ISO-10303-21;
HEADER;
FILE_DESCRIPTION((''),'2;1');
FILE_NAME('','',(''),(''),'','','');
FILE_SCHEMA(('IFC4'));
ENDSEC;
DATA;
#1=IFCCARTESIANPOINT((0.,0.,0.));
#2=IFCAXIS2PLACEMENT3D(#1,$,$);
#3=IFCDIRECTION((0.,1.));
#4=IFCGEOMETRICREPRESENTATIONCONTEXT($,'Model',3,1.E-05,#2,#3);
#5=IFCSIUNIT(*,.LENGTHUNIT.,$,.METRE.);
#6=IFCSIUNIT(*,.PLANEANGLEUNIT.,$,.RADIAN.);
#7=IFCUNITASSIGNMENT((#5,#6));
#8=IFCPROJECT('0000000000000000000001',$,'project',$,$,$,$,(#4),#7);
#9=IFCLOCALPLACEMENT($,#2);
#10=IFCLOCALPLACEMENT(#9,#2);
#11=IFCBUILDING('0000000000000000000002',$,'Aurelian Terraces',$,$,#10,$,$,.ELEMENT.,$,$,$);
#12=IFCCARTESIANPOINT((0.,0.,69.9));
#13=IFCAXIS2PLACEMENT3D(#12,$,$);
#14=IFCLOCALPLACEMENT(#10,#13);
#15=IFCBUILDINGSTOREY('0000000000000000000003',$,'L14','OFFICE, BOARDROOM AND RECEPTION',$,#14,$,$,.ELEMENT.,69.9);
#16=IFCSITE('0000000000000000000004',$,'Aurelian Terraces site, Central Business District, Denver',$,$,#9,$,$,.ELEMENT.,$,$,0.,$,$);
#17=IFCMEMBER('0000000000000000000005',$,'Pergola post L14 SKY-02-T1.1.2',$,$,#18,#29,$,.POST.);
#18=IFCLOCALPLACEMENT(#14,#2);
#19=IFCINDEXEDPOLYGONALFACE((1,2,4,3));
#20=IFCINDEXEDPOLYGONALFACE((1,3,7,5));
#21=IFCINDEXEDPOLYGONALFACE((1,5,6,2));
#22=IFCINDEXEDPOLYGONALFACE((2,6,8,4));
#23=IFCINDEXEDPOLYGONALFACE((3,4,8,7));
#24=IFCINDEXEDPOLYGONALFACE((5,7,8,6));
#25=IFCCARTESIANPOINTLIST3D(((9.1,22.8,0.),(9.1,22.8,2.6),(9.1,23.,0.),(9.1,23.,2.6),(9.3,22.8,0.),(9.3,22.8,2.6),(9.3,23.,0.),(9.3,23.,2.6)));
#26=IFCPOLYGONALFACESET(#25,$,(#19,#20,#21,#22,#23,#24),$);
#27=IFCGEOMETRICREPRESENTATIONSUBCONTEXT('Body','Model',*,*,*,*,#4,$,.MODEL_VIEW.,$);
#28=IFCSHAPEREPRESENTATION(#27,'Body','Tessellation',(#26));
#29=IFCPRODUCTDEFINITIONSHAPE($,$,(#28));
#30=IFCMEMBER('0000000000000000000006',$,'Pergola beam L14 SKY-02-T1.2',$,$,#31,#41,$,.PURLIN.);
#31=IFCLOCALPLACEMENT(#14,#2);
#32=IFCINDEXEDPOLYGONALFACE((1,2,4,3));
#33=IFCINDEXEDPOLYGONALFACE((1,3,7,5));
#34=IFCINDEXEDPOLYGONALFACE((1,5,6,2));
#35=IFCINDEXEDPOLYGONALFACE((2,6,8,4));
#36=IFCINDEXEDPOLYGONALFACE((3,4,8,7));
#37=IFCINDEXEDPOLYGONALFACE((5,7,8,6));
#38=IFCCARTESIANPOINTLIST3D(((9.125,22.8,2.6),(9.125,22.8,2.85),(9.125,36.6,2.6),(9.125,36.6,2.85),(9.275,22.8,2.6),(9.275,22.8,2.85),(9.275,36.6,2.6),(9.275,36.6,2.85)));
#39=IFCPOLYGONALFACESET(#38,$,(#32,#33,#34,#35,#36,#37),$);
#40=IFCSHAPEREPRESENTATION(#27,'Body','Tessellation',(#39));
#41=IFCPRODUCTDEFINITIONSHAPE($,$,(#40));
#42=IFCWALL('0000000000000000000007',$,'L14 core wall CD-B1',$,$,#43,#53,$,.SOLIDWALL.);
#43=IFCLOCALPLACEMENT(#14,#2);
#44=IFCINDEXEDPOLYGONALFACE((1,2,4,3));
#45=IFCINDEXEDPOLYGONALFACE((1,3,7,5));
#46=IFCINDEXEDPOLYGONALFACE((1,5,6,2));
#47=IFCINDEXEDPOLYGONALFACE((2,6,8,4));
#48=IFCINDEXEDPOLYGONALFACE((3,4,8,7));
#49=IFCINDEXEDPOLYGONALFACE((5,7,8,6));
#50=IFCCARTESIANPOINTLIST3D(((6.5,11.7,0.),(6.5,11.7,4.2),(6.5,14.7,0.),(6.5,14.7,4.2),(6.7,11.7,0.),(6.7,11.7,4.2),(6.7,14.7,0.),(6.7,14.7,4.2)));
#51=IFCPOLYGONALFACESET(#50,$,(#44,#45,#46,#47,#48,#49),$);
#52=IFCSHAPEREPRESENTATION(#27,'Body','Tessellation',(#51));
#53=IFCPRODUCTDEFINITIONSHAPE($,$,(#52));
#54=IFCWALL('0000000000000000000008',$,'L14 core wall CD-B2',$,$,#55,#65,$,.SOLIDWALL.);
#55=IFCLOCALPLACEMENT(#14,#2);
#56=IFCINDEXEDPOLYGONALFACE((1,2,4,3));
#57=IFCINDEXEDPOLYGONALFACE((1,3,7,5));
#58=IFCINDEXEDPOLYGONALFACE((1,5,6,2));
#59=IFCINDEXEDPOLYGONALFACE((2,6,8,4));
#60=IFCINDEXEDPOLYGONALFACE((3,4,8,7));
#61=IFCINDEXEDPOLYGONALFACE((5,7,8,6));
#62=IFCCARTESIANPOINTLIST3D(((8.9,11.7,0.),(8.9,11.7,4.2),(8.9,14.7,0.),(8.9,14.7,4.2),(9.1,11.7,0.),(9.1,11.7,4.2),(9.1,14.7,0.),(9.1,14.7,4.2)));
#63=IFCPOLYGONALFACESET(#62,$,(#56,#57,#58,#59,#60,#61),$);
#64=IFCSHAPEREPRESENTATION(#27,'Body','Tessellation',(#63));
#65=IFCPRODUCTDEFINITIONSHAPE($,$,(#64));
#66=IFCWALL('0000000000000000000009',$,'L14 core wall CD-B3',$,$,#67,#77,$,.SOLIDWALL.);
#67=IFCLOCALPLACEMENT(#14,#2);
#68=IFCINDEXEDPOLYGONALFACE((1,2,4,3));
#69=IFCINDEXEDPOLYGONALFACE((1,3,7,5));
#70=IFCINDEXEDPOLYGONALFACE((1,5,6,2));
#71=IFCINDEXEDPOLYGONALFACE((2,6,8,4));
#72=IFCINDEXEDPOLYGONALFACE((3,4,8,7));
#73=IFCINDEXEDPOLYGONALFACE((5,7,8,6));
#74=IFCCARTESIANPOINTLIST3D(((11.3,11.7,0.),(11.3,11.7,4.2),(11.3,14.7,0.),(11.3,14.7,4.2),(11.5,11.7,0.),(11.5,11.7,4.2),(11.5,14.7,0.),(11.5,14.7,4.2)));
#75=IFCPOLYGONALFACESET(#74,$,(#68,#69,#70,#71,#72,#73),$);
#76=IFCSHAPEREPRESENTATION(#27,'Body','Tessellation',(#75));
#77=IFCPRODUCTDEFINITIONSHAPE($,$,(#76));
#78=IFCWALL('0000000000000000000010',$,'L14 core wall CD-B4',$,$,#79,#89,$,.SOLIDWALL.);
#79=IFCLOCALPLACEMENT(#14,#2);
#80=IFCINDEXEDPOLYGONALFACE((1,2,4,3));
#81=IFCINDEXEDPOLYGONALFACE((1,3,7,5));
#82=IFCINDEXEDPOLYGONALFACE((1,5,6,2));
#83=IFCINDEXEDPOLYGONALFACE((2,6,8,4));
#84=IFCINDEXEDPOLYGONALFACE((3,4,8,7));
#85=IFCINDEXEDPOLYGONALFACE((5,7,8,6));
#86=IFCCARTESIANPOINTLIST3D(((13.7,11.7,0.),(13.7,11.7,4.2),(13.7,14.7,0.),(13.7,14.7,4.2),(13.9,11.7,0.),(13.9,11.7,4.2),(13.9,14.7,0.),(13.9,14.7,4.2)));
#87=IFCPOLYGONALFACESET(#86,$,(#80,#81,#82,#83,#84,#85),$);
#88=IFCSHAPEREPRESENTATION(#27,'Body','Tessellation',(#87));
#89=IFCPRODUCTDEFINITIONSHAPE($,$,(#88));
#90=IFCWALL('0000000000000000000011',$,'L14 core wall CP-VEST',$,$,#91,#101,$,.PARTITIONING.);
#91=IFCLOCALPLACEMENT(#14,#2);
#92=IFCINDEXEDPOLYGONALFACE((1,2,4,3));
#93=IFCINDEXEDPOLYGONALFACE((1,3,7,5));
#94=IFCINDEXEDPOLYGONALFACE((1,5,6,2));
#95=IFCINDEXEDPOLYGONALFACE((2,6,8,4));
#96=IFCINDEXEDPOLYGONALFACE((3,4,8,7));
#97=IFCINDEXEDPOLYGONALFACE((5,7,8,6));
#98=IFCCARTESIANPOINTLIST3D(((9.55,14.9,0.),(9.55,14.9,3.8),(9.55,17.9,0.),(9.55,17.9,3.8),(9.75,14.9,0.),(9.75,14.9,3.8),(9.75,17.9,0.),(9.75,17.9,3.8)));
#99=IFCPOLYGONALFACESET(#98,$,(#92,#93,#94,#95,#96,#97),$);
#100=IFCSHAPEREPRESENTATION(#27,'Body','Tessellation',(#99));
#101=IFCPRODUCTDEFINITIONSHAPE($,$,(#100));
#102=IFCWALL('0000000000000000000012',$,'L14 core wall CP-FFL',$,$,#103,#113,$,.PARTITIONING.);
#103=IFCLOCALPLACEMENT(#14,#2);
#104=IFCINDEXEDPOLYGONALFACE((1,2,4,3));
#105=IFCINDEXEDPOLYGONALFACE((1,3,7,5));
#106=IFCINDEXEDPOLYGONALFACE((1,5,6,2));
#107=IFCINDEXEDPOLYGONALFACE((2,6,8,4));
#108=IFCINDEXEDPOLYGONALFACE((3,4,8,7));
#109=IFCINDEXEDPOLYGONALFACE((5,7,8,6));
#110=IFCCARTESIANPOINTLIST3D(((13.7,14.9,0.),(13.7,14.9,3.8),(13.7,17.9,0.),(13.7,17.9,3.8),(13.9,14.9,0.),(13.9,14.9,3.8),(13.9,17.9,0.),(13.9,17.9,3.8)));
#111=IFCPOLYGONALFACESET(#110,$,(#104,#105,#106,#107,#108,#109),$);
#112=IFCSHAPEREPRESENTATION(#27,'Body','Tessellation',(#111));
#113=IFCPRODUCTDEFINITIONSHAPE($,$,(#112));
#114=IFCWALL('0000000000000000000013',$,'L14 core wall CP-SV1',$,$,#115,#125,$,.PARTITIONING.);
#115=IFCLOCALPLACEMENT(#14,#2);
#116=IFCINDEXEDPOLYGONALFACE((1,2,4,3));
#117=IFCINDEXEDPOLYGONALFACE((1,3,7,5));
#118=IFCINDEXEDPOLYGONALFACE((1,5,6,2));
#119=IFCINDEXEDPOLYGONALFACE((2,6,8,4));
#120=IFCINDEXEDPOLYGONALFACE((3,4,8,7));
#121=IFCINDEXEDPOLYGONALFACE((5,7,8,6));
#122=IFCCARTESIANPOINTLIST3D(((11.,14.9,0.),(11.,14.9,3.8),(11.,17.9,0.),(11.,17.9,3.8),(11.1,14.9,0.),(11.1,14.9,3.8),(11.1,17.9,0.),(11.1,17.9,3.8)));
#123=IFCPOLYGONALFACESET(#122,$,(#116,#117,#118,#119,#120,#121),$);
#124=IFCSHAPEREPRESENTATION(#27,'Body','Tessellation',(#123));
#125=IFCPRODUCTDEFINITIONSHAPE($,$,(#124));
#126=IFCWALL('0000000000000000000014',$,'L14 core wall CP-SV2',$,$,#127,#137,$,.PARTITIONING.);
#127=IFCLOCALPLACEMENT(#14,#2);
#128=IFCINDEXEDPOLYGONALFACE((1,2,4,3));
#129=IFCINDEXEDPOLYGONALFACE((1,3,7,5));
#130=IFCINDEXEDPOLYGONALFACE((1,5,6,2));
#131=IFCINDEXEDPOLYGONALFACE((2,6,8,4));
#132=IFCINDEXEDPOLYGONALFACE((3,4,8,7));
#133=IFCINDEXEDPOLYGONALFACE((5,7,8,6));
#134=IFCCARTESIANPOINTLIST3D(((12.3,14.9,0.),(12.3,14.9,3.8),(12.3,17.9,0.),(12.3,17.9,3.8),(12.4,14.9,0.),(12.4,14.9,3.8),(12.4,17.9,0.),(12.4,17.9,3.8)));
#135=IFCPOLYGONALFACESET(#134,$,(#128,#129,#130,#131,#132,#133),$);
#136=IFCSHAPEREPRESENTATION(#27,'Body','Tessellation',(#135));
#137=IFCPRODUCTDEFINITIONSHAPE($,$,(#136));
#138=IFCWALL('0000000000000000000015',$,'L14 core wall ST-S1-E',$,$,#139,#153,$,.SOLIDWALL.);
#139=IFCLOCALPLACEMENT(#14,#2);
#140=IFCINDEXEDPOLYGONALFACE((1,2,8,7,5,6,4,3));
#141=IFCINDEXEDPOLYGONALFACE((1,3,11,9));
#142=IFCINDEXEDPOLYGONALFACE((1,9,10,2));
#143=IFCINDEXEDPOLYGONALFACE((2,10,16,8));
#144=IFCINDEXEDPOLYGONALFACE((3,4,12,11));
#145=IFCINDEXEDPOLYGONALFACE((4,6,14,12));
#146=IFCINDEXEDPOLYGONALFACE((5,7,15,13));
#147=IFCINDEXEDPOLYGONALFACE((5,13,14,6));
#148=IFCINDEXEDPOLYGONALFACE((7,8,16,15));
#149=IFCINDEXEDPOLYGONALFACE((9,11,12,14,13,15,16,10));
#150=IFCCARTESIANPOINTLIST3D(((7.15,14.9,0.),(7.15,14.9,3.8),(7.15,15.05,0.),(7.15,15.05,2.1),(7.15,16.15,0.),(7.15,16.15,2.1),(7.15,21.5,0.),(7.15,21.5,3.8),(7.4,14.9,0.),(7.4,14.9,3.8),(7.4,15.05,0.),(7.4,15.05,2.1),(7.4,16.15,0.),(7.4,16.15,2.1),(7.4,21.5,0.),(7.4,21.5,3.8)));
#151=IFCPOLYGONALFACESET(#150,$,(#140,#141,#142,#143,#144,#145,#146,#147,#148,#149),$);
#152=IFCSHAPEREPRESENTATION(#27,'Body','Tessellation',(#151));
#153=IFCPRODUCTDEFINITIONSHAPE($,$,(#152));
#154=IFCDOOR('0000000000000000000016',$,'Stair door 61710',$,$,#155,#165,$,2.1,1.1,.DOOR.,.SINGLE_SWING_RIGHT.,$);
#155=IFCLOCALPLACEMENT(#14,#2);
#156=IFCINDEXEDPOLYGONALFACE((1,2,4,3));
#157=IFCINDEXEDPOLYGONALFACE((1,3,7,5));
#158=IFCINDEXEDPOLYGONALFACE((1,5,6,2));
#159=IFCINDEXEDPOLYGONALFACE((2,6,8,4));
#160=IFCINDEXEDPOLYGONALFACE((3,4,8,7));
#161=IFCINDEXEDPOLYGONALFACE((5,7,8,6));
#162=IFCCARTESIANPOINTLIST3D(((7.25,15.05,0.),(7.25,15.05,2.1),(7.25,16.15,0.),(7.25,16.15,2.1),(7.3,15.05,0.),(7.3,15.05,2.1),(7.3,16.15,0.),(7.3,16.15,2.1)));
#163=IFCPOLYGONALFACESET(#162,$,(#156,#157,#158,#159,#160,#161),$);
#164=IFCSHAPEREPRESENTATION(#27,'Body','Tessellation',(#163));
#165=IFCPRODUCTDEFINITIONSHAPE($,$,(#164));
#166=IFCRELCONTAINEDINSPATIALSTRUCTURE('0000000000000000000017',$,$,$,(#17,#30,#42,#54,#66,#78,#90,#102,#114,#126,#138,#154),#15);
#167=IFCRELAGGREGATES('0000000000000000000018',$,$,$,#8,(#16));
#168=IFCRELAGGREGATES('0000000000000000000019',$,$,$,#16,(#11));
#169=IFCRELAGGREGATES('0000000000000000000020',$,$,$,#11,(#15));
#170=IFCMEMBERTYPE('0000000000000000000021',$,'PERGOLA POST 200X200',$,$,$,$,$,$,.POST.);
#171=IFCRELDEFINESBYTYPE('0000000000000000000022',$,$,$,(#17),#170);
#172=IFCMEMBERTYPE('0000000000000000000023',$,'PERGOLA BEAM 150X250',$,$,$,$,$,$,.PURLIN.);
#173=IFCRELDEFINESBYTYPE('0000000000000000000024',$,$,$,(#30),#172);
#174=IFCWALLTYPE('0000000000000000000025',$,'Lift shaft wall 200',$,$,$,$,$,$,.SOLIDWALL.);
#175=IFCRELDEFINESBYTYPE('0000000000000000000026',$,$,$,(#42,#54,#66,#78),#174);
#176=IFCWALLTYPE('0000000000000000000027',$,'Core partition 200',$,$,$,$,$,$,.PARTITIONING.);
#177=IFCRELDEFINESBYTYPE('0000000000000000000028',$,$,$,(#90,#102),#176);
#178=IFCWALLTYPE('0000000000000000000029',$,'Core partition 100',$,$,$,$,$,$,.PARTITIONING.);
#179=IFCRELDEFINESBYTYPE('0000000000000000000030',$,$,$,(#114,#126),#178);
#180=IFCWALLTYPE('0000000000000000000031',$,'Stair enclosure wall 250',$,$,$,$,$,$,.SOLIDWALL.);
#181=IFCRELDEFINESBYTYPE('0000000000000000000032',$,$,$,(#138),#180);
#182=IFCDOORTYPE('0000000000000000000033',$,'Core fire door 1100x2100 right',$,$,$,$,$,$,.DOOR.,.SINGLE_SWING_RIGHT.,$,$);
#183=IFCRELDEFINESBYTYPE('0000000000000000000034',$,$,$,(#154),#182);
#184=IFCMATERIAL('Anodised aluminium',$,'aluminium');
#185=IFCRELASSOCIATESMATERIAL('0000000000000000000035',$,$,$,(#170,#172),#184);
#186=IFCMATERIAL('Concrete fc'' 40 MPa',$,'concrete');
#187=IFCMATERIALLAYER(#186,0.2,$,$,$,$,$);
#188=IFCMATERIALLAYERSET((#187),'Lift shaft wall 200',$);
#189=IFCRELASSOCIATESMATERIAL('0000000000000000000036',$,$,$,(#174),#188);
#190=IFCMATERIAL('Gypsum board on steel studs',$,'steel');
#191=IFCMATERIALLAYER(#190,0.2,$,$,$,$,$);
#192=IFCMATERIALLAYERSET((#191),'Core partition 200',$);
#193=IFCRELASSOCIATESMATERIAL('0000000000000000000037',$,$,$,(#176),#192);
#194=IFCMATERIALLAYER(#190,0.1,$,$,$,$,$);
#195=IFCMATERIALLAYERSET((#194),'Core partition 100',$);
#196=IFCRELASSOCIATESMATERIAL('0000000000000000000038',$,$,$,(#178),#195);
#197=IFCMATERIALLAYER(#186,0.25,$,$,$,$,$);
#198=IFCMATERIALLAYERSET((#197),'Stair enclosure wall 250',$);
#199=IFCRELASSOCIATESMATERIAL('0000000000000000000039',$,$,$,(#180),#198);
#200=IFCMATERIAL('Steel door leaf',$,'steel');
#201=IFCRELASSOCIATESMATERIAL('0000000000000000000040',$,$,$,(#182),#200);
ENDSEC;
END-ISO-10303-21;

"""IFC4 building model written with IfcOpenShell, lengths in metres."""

from ifc_helpers import new_model, si_unit, direction, frame, frame_2d, origin, origin_2d, place, context, subcontext, project, spatial, rectangle, extrude, source, transform, mapped, material, layer, layer_set, material_profile, profile_set, type_object, element, fill, save


model = new_model("IFC4")

# Units and contexts
model_context = context("Model", 3, precision=1e-05, world=origin(), true_north=direction((0.0, 1.0)))
body_context = subcontext(model_context, "Body", "Model", "MODEL_VIEW")
ifc_project = project(units=[si_unit("LENGTHUNIT", "METRE"), si_unit("PLANEANGLEUNIT", "RADIAN")], contexts=[model_context])

# Site, building, storey
site_placement = place(None, origin())
site = spatial("IfcSite", under=ifc_project, at=site_placement, Name="Aurelian Terraces site, Central Business District, Denver", CompositionType="ELEMENT", RefElevation=0.0)
building_placement = place(site_placement, origin())
building = spatial("IfcBuilding", under=site, at=building_placement, Name="Aurelian Terraces", CompositionType="ELEMENT")
storey_placement = place(building_placement, frame((0.0, 0.0, 69.9)))
storey = spatial("IfcBuildingStorey", under=building, at=storey_placement, Name="L14", Description="OFFICE, BOARDROOM AND RECEPTION", CompositionType="ELEMENT", Elevation=69.9)

# Members
ifc_material_1 = material(Name="Anodised aluminium", Category="aluminium")
ifc_material_profile_1 = material_profile(ifc_material_1, rectangle(XDim=0.2, YDim=0.2, at=origin_2d()))
ifc_profile_set_1 = profile_set([ifc_material_profile_1], Name="Anodised aluminium")
member_type_1 = type_object("IfcMemberType", Name="PERGOLA POST 200X200", PredefinedType="POST", material=ifc_profile_set_1)
shared_shape_1 = source(origin(), body_context, "Body", "SweptSolid", [
    extrude(rectangle(XDim=0.2, YDim=0.2, at=origin_2d()), origin(), (0.0, 0.0, 1.0), 2.6),
])
member_1_placement = place(storey_placement, frame((9.2, 22.9, 0.0), z_axis=(0.0, 0.0, 1.0), x_axis=(1.0, 0.0, 0.0)))
element("IfcMember", 1, at=member_1_placement, inside=storey, type_object=member_type_1, Name="Pergola post L14 SKY-02-T1.1.2", PredefinedType="POST", context=body_context, shape_type="MappedRepresentation", body=[
    mapped(shared_shape_1, transform((0.0, 0.0, 0.0), scale=1.0)),
])
ifc_material_profile_2 = material_profile(ifc_material_1, rectangle(XDim=0.15, YDim=0.25, at=origin_2d()))
ifc_profile_set_2 = profile_set([ifc_material_profile_2], Name="Anodised aluminium")
member_type_2 = type_object("IfcMemberType", Name="PERGOLA BEAM 150X250", PredefinedType="PURLIN", material=ifc_profile_set_2)
shared_shape_2 = source(origin(), body_context, "Body", "SweptSolid", [
    extrude(rectangle(XDim=0.15, YDim=0.25, at=origin_2d()), origin(), (0.0, 0.0, 1.0), 13.8),
])
member_2_placement = place(storey_placement, frame((9.2, 22.8, 2.725), z_axis=(0.0, 1.0, 0.0), x_axis=(-1.0, 0.0, 0.0)))
element("IfcMember", 2, at=member_2_placement, inside=storey, type_object=member_type_2, Name="Pergola beam L14 SKY-02-T1.2", PredefinedType="PURLIN", context=body_context, shape_type="MappedRepresentation", body=[
    mapped(shared_shape_2, transform((0.0, 0.0, 0.0), scale=1.0)),
])

# Walls
ifc_material_2 = material(Name="Concrete fc' 40 MPa", Category="concrete")
ifc_layer_1 = layer(ifc_material_2, 0.2)
ifc_layer_set_1 = layer_set([ifc_layer_1], Name="Lift shaft wall 200")
wall_type_1 = type_object("IfcWallType", Name="Lift shaft wall 200", PredefinedType="SOLIDWALL", material=ifc_layer_set_1)
shared_shape_3 = source(origin(), body_context, "Body", "SweptSolid", [
    extrude(rectangle(XDim=3.0, YDim=0.2, at=frame_2d((1.5, 0.0))), origin(), (0.0, 0.0, 1.0), 4.2),
])
for number, where, z_axis, x_axis, name in (
    (3, (6.6, 11.7, 0.0), (0.0, 0.0, 1.0), (0.0, 1.0, 0.0), "L14 core wall CD-B1"),
    (4, (9.0, 11.7, 0.0), (0.0, 0.0, 1.0), (0.0, 1.0, 0.0), "L14 core wall CD-B2"),
    (5, (11.4, 11.7, 0.0), (0.0, 0.0, 1.0), (0.0, 1.0, 0.0), "L14 core wall CD-B3"),
    (6, (13.8, 11.7, 0.0), (0.0, 0.0, 1.0), (0.0, 1.0, 0.0), "L14 core wall CD-B4"),
):
    element("IfcWall", number, at=place(storey_placement, frame(where, z_axis=z_axis, x_axis=x_axis)), inside=storey, type_object=wall_type_1, Name=name, PredefinedType="SOLIDWALL", context=body_context, shape_type="MappedRepresentation", body=[
        mapped(shared_shape_3, transform((0.0, 0.0, 0.0), scale=1.0)),
    ])
ifc_material_3 = material(Name="Gypsum board on steel studs", Category="steel")
ifc_layer_2 = layer(ifc_material_3, 0.2)
ifc_layer_set_2 = layer_set([ifc_layer_2], Name="Core partition 200")
wall_type_2 = type_object("IfcWallType", Name="Core partition 200", PredefinedType="PARTITIONING", material=ifc_layer_set_2)
shared_shape_4 = source(origin(), body_context, "Body", "SweptSolid", [
    extrude(rectangle(XDim=3.0, YDim=0.2, at=frame_2d((1.5, 0.0))), origin(), (0.0, 0.0, 1.0), 3.8),
])
for number, where, z_axis, x_axis, name in (
    (7, (9.65, 14.9, 0.0), (0.0, 0.0, 1.0), (0.0, 1.0, 0.0), "L14 core wall CP-VEST"),
    (8, (13.8, 14.9, 0.0), (0.0, 0.0, 1.0), (0.0, 1.0, 0.0), "L14 core wall CP-FFL"),
):
    element("IfcWall", number, at=place(storey_placement, frame(where, z_axis=z_axis, x_axis=x_axis)), inside=storey, type_object=wall_type_2, Name=name, PredefinedType="PARTITIONING", context=body_context, shape_type="MappedRepresentation", body=[
        mapped(shared_shape_4, transform((0.0, 0.0, 0.0), scale=1.0)),
    ])
ifc_layer_3 = layer(ifc_material_3, 0.1)
ifc_layer_set_3 = layer_set([ifc_layer_3], Name="Core partition 100")
wall_type_3 = type_object("IfcWallType", Name="Core partition 100", PredefinedType="PARTITIONING", material=ifc_layer_set_3)
shared_shape_5 = source(origin(), body_context, "Body", "SweptSolid", [
    extrude(rectangle(XDim=3.0, YDim=0.1, at=frame_2d((1.5, 0.0))), origin(), (0.0, 0.0, 1.0), 3.8),
])
for number, where, z_axis, x_axis, name in (
    (9, (11.05, 14.9, 0.0), (0.0, 0.0, 1.0), (0.0, 1.0, 0.0), "L14 core wall CP-SV1"),
    (10, (12.35, 14.9, 0.0), (0.0, 0.0, 1.0), (0.0, 1.0, 0.0), "L14 core wall CP-SV2"),
):
    element("IfcWall", number, at=place(storey_placement, frame(where, z_axis=z_axis, x_axis=x_axis)), inside=storey, type_object=wall_type_3, Name=name, PredefinedType="PARTITIONING", context=body_context, shape_type="MappedRepresentation", body=[
        mapped(shared_shape_5, transform((0.0, 0.0, 0.0), scale=1.0)),
    ])

# Wall, opening, door
ifc_layer_4 = layer(ifc_material_2, 0.25)
ifc_layer_set_4 = layer_set([ifc_layer_4], Name="Stair enclosure wall 250")
wall_type_4 = type_object("IfcWallType", Name="Stair enclosure wall 250", PredefinedType="SOLIDWALL", material=ifc_layer_set_4)
shared_shape_6 = source(origin(), body_context, "Body", "SweptSolid", [
    extrude(rectangle(XDim=6.6, YDim=0.25, at=frame_2d((3.3, 0.0))), origin(), (0.0, 0.0, 1.0), 3.8),
])
wall_1_placement = place(storey_placement, frame((7.275, 14.9, 0.0), z_axis=(0.0, 0.0, 1.0), x_axis=(0.0, 1.0, 0.0)))
wall_1 = element("IfcWall", 11, at=wall_1_placement, inside=storey, type_object=wall_type_4, Name="L14 core wall ST-S1-E", PredefinedType="SOLIDWALL", context=body_context, shape_type="MappedRepresentation", body=[
    mapped(shared_shape_6, transform((0.0, 0.0, 0.0), scale=1.0)),
])
shared_shape_7 = source(origin(), body_context, "Body", "SweptSolid", [
    extrude(rectangle(XDim=1.1, YDim=2.1, at=frame_2d((0.55, 1.05))), frame((0.0, 0.135, 0.0), z_axis=(0.0, -1.0, 0.0), x_axis=(1.0, 0.0, 0.0)), (0.0, 0.0, 1.0), 0.27),
])
opening_1_placement = place(wall_1_placement, frame((0.15, 0.0, 0.0)))
opening_1 = element("IfcOpeningElement", 12, at=opening_1_placement, cuts=wall_1, PredefinedType="OPENING", context=body_context, shape_type="MappedRepresentation", body=[
    mapped(shared_shape_7, transform((0.0, 0.0, 0.0), scale=1.0)),
])
ifc_material_4 = material(Name="Steel door leaf", Category="steel")
door_type_1 = type_object("IfcDoorType", Name="Core fire door 1100x2100 right", OperationType="SINGLE_SWING_RIGHT", PredefinedType="DOOR", material=ifc_material_4)
shared_shape_8 = source(origin(), body_context, "Body", "SweptSolid", [
    extrude(rectangle(XDim=1.1, YDim=2.1, at=frame_2d((0.55, 1.05))), frame((0.0, 0.025, 0.0), z_axis=(0.0, -1.0, 0.0), x_axis=(1.0, 0.0, 0.0)), (0.0, 0.0, 1.0), 0.05),
])
door_1_placement = place(opening_1_placement, origin())
door_1 = element("IfcDoor", 13, at=door_1_placement, inside=storey, type_object=door_type_1, Name="Stair door 61710", OperationType="SINGLE_SWING_RIGHT", OverallHeight=2.1, OverallWidth=1.1, PredefinedType="DOOR", context=body_context, shape_type="MappedRepresentation", body=[
    mapped(shared_shape_8, transform((0.0, 0.0, 0.0), scale=1.0)),
])
fill(opening_1, door_1)

save(model, "model.ifc")
